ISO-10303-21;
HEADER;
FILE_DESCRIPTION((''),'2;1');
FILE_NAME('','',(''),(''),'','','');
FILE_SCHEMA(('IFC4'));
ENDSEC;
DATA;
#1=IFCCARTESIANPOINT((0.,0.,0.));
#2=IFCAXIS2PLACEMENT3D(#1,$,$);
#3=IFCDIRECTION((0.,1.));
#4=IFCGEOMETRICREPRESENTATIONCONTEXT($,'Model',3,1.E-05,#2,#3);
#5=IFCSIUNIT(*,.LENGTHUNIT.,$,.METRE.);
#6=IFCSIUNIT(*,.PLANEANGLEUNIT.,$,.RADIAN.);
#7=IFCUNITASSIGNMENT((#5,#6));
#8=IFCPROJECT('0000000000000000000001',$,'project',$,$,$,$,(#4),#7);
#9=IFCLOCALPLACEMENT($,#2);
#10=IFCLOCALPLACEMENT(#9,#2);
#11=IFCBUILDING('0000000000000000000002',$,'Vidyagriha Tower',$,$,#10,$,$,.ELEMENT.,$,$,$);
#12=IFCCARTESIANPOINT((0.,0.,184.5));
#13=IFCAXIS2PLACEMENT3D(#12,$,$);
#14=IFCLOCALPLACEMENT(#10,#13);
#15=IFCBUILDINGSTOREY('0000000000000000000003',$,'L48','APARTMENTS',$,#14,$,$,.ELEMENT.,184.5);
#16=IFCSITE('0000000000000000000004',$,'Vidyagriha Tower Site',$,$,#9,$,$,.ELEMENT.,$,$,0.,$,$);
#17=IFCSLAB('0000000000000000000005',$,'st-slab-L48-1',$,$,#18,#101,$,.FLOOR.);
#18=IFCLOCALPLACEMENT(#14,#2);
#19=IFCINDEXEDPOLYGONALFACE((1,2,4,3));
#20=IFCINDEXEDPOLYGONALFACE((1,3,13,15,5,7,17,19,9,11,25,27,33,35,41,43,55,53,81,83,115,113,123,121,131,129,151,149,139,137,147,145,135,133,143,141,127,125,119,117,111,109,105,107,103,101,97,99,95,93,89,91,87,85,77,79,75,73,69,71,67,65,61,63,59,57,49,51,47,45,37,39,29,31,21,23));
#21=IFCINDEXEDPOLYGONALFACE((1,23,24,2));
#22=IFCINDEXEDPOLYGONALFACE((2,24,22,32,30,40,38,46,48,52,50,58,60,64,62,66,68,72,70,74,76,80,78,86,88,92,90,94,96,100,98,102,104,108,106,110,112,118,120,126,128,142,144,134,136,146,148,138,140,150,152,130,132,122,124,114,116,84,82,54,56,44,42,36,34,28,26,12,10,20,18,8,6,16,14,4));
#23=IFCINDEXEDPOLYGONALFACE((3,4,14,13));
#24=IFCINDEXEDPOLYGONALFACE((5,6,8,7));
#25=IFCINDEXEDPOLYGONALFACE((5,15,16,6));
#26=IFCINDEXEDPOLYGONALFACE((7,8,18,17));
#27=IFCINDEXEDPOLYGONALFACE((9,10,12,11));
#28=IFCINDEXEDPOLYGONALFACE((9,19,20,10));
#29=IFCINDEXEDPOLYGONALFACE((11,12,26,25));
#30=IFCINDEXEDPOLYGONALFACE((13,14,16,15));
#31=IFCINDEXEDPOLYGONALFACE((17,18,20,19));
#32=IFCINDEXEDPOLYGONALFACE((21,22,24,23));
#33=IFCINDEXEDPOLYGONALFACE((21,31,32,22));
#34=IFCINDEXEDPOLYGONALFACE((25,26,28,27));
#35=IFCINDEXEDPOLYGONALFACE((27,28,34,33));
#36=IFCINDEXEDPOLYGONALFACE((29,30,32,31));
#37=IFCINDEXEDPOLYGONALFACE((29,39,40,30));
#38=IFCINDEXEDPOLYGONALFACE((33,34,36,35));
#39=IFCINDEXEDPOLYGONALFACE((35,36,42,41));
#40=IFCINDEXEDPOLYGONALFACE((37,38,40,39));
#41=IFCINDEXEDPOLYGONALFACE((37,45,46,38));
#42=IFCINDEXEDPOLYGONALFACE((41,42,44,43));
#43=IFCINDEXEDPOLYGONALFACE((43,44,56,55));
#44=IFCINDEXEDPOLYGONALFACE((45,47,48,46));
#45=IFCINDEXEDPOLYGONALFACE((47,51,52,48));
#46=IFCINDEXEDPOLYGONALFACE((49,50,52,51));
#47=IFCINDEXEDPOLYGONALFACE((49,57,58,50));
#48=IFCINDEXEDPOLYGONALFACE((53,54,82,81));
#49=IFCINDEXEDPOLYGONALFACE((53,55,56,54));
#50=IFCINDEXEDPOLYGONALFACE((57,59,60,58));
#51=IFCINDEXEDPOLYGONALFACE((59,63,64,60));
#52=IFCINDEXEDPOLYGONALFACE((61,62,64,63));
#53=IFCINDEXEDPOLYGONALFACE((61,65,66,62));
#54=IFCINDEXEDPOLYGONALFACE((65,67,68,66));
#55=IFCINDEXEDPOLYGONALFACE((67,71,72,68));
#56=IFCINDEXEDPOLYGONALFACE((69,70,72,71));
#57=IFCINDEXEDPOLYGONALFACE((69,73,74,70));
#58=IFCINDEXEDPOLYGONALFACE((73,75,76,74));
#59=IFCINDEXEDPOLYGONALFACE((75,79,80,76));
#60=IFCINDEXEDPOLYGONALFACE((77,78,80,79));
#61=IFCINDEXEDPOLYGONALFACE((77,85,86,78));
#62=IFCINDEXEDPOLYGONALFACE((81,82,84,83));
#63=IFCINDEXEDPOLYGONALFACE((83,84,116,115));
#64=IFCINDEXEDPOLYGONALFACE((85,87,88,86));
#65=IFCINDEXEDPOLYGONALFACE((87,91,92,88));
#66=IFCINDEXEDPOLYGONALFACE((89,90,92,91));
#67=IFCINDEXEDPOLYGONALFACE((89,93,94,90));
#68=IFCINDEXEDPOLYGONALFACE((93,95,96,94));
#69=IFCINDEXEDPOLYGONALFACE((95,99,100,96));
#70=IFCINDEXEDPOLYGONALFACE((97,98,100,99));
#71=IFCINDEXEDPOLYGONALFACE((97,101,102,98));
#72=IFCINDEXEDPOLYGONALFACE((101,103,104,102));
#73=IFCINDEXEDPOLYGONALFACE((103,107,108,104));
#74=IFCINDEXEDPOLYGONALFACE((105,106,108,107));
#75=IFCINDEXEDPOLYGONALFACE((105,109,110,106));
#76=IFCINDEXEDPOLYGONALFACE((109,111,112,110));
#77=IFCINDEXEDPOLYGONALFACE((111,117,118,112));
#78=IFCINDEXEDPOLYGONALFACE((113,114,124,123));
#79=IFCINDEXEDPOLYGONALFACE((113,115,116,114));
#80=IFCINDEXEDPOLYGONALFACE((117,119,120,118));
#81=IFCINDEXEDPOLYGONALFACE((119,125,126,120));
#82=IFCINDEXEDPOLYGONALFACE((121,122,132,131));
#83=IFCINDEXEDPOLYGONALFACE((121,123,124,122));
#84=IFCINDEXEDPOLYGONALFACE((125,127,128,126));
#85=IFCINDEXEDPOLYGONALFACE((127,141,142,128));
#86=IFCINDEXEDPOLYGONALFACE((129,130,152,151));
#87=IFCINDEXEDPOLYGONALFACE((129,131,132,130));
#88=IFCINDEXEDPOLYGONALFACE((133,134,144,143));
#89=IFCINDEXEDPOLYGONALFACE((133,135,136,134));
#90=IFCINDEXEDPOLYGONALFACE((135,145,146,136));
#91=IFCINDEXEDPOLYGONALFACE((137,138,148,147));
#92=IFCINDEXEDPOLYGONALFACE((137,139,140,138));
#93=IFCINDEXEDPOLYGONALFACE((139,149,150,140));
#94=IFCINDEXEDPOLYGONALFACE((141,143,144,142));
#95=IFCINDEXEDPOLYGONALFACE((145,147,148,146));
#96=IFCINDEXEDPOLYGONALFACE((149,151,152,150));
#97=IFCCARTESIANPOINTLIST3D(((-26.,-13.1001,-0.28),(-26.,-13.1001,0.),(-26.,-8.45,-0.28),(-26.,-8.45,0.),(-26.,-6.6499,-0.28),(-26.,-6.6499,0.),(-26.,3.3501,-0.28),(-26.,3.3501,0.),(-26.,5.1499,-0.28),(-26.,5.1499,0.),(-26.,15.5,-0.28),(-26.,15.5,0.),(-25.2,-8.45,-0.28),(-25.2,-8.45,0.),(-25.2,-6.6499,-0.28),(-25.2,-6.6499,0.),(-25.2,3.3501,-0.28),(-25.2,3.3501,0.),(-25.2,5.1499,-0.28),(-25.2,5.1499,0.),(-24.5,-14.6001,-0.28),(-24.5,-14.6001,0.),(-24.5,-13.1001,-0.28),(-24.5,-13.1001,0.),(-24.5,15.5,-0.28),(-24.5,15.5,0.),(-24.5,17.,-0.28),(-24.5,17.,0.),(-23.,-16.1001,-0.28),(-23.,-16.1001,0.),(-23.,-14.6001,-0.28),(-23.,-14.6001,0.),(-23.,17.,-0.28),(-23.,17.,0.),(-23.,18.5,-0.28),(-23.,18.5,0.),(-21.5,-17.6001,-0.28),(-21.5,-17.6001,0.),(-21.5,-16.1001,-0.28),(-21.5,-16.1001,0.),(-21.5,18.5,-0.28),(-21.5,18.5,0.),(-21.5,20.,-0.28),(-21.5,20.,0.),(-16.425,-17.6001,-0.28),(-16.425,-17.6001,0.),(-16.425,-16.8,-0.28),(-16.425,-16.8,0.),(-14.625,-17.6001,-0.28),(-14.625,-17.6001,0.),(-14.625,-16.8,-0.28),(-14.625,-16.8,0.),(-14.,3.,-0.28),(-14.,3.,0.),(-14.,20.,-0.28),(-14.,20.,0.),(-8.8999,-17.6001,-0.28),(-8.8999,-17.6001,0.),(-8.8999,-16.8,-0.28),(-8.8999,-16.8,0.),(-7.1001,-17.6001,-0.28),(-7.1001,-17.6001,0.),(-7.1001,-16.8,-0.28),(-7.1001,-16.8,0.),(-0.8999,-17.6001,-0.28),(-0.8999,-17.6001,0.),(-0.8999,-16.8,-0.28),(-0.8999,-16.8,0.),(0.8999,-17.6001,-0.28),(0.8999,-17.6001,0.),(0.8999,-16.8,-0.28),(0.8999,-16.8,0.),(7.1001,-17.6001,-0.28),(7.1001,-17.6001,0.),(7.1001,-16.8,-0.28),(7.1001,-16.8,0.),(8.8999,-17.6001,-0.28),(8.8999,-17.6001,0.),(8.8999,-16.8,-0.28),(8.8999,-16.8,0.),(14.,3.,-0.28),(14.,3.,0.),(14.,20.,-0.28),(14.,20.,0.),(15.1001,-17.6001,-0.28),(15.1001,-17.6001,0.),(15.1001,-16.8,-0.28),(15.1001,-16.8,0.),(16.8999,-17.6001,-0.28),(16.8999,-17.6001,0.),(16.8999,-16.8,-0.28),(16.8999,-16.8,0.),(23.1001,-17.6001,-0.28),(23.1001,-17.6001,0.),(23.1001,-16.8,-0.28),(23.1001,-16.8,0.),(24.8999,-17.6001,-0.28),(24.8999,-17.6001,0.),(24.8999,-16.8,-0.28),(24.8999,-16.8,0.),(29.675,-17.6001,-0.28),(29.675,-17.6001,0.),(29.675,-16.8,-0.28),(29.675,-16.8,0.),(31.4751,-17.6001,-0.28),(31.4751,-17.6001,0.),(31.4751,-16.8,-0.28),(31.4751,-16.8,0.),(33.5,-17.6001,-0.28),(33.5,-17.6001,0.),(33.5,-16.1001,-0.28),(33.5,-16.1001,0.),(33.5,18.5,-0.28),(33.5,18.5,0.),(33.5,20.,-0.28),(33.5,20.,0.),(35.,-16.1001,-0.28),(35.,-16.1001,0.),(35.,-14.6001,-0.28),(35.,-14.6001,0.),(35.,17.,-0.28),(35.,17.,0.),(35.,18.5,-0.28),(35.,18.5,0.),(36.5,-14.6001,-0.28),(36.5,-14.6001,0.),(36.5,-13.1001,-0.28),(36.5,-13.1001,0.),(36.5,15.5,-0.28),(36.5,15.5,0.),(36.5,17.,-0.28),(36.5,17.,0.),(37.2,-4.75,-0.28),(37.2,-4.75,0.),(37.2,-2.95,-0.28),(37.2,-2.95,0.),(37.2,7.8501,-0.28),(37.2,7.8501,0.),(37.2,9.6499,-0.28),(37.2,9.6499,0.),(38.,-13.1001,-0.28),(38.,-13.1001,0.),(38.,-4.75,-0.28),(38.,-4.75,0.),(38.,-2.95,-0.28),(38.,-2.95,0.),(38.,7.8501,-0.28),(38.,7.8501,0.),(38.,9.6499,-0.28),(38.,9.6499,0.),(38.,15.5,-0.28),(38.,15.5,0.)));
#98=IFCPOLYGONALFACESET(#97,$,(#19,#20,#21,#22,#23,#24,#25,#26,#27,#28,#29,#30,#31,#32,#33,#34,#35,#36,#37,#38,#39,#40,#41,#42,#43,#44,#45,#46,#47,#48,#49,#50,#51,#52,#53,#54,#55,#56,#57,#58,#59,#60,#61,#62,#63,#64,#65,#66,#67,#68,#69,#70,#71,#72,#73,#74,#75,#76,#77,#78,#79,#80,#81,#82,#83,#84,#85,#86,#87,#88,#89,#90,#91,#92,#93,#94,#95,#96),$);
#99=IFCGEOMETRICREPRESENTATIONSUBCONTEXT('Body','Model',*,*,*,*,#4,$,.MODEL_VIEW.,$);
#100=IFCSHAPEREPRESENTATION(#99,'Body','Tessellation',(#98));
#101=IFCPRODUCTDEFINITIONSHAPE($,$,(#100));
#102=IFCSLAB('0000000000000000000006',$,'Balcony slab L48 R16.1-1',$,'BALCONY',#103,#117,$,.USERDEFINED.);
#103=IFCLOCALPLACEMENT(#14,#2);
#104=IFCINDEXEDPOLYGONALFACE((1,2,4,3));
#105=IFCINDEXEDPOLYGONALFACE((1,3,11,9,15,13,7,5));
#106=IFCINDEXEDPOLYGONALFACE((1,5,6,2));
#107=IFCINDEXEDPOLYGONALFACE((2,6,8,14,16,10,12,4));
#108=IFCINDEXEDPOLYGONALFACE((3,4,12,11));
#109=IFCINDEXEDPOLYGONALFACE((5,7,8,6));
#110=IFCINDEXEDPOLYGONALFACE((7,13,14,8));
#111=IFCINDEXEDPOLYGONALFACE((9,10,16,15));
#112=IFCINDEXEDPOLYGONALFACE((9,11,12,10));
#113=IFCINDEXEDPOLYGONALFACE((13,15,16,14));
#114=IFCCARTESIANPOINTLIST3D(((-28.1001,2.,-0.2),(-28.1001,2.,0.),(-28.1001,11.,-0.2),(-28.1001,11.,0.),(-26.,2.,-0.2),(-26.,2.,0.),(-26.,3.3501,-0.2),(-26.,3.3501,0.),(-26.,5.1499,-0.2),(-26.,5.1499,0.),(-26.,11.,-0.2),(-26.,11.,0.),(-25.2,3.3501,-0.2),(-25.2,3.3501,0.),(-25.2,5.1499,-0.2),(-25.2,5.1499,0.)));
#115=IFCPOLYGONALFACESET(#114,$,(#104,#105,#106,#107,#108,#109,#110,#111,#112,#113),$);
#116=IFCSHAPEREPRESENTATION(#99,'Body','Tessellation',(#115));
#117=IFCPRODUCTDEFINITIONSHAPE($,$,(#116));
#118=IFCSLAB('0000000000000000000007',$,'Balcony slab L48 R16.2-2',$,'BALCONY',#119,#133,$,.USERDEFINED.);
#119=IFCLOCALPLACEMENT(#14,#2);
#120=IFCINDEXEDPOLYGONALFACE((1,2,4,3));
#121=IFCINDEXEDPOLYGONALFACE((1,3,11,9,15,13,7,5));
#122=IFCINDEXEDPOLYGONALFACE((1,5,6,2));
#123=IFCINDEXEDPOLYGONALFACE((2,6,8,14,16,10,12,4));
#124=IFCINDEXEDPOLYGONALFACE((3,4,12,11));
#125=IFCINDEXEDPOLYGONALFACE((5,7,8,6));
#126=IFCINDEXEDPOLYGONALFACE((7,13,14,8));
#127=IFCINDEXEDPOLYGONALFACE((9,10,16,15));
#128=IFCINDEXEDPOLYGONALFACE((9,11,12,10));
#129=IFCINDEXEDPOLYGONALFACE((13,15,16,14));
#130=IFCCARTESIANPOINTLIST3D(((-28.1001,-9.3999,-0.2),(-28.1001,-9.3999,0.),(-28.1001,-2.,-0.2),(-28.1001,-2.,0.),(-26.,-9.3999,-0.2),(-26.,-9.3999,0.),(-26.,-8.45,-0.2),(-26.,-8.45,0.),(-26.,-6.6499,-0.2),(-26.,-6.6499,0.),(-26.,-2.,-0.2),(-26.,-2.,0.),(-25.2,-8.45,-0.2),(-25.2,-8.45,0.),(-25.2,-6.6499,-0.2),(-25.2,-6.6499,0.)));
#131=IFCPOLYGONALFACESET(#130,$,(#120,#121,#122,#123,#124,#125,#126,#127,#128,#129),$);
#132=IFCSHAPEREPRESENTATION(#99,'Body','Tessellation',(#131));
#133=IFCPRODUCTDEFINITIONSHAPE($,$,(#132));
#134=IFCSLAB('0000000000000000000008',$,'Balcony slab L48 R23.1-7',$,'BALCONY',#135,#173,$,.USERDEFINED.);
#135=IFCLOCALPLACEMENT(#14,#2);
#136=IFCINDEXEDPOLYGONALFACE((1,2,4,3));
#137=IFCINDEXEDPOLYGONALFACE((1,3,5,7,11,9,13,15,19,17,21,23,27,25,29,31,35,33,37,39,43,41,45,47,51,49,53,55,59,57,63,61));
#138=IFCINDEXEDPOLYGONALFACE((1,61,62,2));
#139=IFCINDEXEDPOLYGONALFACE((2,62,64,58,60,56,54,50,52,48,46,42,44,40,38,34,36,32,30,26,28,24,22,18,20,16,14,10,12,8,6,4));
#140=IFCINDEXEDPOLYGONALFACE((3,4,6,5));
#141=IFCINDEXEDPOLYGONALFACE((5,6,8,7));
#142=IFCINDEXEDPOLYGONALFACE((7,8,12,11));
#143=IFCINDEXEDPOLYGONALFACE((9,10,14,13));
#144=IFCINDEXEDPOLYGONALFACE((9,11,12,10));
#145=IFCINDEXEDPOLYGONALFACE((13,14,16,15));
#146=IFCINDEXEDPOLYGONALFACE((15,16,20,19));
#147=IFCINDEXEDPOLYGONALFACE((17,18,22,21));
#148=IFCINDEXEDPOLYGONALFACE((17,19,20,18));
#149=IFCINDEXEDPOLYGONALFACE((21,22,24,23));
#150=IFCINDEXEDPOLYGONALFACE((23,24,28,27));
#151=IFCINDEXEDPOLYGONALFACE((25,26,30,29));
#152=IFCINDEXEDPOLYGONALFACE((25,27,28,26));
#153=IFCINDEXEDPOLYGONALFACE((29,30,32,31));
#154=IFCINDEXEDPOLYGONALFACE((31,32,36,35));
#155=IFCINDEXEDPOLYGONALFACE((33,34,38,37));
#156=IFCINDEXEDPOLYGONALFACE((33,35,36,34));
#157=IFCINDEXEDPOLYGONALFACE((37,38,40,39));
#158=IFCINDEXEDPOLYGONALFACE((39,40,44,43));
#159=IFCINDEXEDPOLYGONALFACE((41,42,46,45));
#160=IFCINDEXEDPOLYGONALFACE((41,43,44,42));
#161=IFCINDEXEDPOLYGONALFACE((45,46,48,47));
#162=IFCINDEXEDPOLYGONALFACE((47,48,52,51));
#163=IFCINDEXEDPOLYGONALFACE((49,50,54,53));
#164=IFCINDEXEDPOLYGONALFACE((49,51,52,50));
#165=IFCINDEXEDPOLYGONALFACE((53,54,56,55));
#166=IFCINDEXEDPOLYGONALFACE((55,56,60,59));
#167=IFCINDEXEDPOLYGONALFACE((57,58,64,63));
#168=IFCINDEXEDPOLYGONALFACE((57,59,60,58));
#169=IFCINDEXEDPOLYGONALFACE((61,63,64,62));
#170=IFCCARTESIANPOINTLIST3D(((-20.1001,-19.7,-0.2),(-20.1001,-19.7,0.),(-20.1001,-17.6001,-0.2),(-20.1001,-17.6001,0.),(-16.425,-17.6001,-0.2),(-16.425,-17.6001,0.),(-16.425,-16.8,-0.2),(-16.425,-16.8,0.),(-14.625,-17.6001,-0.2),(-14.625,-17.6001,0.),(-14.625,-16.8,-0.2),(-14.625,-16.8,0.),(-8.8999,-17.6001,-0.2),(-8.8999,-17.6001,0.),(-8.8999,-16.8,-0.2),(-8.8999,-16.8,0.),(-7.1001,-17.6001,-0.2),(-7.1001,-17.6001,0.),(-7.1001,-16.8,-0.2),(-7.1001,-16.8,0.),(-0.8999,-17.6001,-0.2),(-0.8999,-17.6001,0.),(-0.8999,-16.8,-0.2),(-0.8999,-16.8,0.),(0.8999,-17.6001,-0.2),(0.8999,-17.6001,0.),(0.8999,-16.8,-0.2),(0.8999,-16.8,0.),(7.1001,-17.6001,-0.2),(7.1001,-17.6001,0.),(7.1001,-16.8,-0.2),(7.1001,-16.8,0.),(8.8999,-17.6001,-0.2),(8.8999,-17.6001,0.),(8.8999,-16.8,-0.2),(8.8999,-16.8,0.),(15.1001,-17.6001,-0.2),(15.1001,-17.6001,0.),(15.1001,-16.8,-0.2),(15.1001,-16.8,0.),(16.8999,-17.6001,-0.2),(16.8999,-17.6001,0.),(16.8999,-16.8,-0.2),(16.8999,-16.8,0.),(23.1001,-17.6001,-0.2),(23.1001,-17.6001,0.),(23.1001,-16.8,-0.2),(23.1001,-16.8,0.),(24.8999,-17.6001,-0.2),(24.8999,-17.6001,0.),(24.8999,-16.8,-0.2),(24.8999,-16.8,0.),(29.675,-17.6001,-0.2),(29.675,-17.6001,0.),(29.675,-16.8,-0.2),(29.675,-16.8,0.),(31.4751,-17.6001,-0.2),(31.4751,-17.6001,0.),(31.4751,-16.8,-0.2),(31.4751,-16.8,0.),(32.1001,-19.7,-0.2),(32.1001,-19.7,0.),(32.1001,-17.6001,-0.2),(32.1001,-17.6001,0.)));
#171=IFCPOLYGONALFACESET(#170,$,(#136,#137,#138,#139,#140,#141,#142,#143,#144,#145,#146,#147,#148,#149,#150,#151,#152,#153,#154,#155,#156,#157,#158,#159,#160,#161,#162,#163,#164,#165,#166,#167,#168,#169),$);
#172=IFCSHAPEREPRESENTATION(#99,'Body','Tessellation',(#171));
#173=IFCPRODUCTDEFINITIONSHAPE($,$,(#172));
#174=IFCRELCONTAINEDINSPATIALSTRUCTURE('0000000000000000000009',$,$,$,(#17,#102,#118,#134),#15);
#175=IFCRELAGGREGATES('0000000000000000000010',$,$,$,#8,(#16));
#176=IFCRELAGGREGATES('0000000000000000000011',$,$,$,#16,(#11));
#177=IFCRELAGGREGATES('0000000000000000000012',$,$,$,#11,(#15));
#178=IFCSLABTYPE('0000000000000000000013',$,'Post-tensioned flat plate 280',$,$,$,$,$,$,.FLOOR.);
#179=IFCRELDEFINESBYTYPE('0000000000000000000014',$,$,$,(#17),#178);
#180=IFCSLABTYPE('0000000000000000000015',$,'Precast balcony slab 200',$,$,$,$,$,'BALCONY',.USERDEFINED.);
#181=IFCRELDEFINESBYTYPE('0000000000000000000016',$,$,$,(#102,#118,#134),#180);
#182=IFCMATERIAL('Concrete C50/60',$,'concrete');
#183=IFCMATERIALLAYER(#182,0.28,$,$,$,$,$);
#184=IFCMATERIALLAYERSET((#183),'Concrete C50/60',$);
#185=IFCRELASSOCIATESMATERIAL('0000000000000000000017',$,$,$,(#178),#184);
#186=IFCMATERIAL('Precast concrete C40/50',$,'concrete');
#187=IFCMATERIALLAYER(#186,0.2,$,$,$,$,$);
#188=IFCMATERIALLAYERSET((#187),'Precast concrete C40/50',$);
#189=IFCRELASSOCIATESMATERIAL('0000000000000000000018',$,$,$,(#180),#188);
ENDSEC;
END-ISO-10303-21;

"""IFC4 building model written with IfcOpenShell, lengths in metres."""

from ifc_helpers import new_model, si_unit, direction, frame, origin, place, context, subcontext, project, spatial, polyline, outline, extrude, material, layer, layer_set, type_object, element, save


model = new_model("IFC4")

# Units and contexts
model_context = context("Model", 3, precision=1e-05, world=origin(), true_north=direction((0.0, 1.0)))
body_context = subcontext(model_context, "Body", "Model", "MODEL_VIEW")
ifc_project = project(units=[si_unit("LENGTHUNIT", "METRE"), si_unit("PLANEANGLEUNIT", "RADIAN")], contexts=[model_context])

# Site, building, storey
site_placement = place(None, origin())
site = spatial("IfcSite", under=ifc_project, at=site_placement, Name="Vidyagriha Tower Site", CompositionType="ELEMENT", RefElevation=0.0)
building_placement = place(site_placement, origin())
building = spatial("IfcBuilding", under=site, at=building_placement, Name="Vidyagriha Tower", CompositionType="ELEMENT")
storey_placement = place(building_placement, frame((0.0, 0.0, 184.5)))
storey = spatial("IfcBuildingStorey", under=building, at=storey_placement, Name="L48", Description="APARTMENTS", CompositionType="ELEMENT", Elevation=184.5)

# Slabs
ifc_material_1 = material(Name="Concrete C50/60", Category="concrete")
ifc_layer_1 = layer(ifc_material_1, 0.28)
ifc_layer_set_1 = layer_set([ifc_layer_1], Name="Concrete C50/60")
slab_type_1 = type_object("IfcSlabType", Name="Post-tensioned flat plate 280", PredefinedType="FLOOR", material=ifc_layer_set_1)
slab_1_placement = place(storey_placement, frame((0.0, 0.0, -0.28)))
element("IfcSlab", 1, at=slab_1_placement, inside=storey, type_object=slab_type_1, Name="st-slab-L48-1", PredefinedType="FLOOR", context=body_context, shape_type="SweptSolid", body=[
    extrude(outline(polyline([(36.5, -14.6001), (35.0, -14.6001), (35.0, -16.1001), (33.5, -16.1001), (33.5, -17.6001), (31.4751, -17.6001), (31.4751, -16.8), (29.675, -16.8), (29.675, -17.6001), (24.8999, -17.6001), (24.8999, -16.8), (23.1001, -16.8), (23.1001, -17.6001), (16.8999, -17.6001), (16.8999, -16.8), (15.1001, -16.8), (15.1001, -17.6001), (8.8999, -17.6001), (8.8999, -16.8), (7.1001, -16.8), (7.1001, -17.6001), (0.8999, -17.6001), (0.8999, -16.8), (-0.8999, -16.8), (-0.8999, -17.6001), (-7.1001, -17.6001), (-7.1001, -16.8), (-8.8999, -16.8), (-8.8999, -17.6001), (-14.625, -17.6001), (-14.625, -16.8), (-16.425, -16.8), (-16.425, -17.6001), (-21.5, -17.6001), (-21.5, -16.1001), (-23.0, -16.1001), (-23.0, -14.6001), (-24.5, -14.6001), (-24.5, -13.1001), (-26.0, -13.1001), (-26.0, -8.45), (-25.2, -8.45), (-25.2, -6.6499), (-26.0, -6.6499), (-26.0, 3.3501), (-25.2, 3.3501), (-25.2, 5.1499), (-26.0, 5.1499), (-26.0, 15.5), (-24.5, 15.5), (-24.5, 17.0), (-23.0, 17.0), (-23.0, 18.5), (-21.5, 18.5), (-21.5, 20.0), (-14.0, 20.0), (-14.0, 3.0), (14.0, 3.0), (14.0, 20.0), (33.5, 20.0), (33.5, 18.5), (35.0, 18.5), (35.0, 17.0), (36.5, 17.0), (36.5, 15.5), (38.0, 15.5), (38.0, 9.6499), (37.2, 9.6499), (37.2, 7.8501), (38.0, 7.8501), (38.0, -2.95), (37.2, -2.95), (37.2, -4.75), (38.0, -4.75), (38.0, -13.1001), (36.5, -13.1001), (36.5, -14.6001)])), origin(), (0.0, 0.0, 1.0), 0.28),
])
ifc_material_2 = material(Name="Precast concrete C40/50", Category="concrete")
ifc_layer_2 = layer(ifc_material_2, 0.2)
ifc_layer_set_2 = layer_set([ifc_layer_2], Name="Precast concrete C40/50")
slab_type_2 = type_object("IfcSlabType", Name="Precast balcony slab 200", ElementType="BALCONY", PredefinedType="USERDEFINED", material=ifc_layer_set_2)
slab_2_placement = place(storey_placement, frame((0.0, 0.0, -0.2)))
element("IfcSlab", 2, at=slab_2_placement, inside=storey, type_object=slab_type_2, Name="Balcony slab L48 R16.1-1", ObjectType="BALCONY", PredefinedType="USERDEFINED", context=body_context, shape_type="SweptSolid", body=[
    extrude(outline(polyline([(-25.2, 3.3501), (-25.2, 5.1499), (-26.0, 5.1499), (-26.0, 11.0), (-28.1001, 11.0), (-28.1001, 2.0), (-26.0, 2.0), (-26.0, 3.3501), (-25.2, 3.3501)])), origin(), (0.0, 0.0, 1.0), 0.2),
])
slab_3_placement = place(storey_placement, frame((0.0, 0.0, -0.2)))
element("IfcSlab", 3, at=slab_3_placement, inside=storey, type_object=slab_type_2, Name="Balcony slab L48 R16.2-2", ObjectType="BALCONY", PredefinedType="USERDEFINED", context=body_context, shape_type="SweptSolid", body=[
    extrude(outline(polyline([(-25.2, -8.45), (-25.2, -6.6499), (-26.0, -6.6499), (-26.0, -2.0), (-28.1001, -2.0), (-28.1001, -9.3999), (-26.0, -9.3999), (-26.0, -8.45), (-25.2, -8.45)])), origin(), (0.0, 0.0, 1.0), 0.2),
])
slab_4_placement = place(storey_placement, frame((0.0, 0.0, -0.2)))
element("IfcSlab", 4, at=slab_4_placement, inside=storey, type_object=slab_type_2, Name="Balcony slab L48 R23.1-7", ObjectType="BALCONY", PredefinedType="USERDEFINED", context=body_context, shape_type="SweptSolid", body=[
    extrude(outline(polyline([(-14.625, -16.8), (-16.425, -16.8), (-16.425, -17.6001), (-20.1001, -17.6001), (-20.1001, -19.7), (32.1001, -19.7), (32.1001, -17.6001), (31.4751, -17.6001), (31.4751, -16.8), (29.675, -16.8), (29.675, -17.6001), (24.8999, -17.6001), (24.8999, -16.8), (23.1001, -16.8), (23.1001, -17.6001), (16.8999, -17.6001), (16.8999, -16.8), (15.1001, -16.8), (15.1001, -17.6001), (8.8999, -17.6001), (8.8999, -16.8), (7.1001, -16.8), (7.1001, -17.6001), (0.8999, -17.6001), (0.8999, -16.8), (-0.8999, -16.8), (-0.8999, -17.6001), (-7.1001, -17.6001), (-7.1001, -16.8), (-8.8999, -16.8), (-8.8999, -17.6001), (-14.625, -17.6001), (-14.625, -16.8)])), origin(), (0.0, 0.0, 1.0), 0.2),
])

save(model, "model.ifc")
